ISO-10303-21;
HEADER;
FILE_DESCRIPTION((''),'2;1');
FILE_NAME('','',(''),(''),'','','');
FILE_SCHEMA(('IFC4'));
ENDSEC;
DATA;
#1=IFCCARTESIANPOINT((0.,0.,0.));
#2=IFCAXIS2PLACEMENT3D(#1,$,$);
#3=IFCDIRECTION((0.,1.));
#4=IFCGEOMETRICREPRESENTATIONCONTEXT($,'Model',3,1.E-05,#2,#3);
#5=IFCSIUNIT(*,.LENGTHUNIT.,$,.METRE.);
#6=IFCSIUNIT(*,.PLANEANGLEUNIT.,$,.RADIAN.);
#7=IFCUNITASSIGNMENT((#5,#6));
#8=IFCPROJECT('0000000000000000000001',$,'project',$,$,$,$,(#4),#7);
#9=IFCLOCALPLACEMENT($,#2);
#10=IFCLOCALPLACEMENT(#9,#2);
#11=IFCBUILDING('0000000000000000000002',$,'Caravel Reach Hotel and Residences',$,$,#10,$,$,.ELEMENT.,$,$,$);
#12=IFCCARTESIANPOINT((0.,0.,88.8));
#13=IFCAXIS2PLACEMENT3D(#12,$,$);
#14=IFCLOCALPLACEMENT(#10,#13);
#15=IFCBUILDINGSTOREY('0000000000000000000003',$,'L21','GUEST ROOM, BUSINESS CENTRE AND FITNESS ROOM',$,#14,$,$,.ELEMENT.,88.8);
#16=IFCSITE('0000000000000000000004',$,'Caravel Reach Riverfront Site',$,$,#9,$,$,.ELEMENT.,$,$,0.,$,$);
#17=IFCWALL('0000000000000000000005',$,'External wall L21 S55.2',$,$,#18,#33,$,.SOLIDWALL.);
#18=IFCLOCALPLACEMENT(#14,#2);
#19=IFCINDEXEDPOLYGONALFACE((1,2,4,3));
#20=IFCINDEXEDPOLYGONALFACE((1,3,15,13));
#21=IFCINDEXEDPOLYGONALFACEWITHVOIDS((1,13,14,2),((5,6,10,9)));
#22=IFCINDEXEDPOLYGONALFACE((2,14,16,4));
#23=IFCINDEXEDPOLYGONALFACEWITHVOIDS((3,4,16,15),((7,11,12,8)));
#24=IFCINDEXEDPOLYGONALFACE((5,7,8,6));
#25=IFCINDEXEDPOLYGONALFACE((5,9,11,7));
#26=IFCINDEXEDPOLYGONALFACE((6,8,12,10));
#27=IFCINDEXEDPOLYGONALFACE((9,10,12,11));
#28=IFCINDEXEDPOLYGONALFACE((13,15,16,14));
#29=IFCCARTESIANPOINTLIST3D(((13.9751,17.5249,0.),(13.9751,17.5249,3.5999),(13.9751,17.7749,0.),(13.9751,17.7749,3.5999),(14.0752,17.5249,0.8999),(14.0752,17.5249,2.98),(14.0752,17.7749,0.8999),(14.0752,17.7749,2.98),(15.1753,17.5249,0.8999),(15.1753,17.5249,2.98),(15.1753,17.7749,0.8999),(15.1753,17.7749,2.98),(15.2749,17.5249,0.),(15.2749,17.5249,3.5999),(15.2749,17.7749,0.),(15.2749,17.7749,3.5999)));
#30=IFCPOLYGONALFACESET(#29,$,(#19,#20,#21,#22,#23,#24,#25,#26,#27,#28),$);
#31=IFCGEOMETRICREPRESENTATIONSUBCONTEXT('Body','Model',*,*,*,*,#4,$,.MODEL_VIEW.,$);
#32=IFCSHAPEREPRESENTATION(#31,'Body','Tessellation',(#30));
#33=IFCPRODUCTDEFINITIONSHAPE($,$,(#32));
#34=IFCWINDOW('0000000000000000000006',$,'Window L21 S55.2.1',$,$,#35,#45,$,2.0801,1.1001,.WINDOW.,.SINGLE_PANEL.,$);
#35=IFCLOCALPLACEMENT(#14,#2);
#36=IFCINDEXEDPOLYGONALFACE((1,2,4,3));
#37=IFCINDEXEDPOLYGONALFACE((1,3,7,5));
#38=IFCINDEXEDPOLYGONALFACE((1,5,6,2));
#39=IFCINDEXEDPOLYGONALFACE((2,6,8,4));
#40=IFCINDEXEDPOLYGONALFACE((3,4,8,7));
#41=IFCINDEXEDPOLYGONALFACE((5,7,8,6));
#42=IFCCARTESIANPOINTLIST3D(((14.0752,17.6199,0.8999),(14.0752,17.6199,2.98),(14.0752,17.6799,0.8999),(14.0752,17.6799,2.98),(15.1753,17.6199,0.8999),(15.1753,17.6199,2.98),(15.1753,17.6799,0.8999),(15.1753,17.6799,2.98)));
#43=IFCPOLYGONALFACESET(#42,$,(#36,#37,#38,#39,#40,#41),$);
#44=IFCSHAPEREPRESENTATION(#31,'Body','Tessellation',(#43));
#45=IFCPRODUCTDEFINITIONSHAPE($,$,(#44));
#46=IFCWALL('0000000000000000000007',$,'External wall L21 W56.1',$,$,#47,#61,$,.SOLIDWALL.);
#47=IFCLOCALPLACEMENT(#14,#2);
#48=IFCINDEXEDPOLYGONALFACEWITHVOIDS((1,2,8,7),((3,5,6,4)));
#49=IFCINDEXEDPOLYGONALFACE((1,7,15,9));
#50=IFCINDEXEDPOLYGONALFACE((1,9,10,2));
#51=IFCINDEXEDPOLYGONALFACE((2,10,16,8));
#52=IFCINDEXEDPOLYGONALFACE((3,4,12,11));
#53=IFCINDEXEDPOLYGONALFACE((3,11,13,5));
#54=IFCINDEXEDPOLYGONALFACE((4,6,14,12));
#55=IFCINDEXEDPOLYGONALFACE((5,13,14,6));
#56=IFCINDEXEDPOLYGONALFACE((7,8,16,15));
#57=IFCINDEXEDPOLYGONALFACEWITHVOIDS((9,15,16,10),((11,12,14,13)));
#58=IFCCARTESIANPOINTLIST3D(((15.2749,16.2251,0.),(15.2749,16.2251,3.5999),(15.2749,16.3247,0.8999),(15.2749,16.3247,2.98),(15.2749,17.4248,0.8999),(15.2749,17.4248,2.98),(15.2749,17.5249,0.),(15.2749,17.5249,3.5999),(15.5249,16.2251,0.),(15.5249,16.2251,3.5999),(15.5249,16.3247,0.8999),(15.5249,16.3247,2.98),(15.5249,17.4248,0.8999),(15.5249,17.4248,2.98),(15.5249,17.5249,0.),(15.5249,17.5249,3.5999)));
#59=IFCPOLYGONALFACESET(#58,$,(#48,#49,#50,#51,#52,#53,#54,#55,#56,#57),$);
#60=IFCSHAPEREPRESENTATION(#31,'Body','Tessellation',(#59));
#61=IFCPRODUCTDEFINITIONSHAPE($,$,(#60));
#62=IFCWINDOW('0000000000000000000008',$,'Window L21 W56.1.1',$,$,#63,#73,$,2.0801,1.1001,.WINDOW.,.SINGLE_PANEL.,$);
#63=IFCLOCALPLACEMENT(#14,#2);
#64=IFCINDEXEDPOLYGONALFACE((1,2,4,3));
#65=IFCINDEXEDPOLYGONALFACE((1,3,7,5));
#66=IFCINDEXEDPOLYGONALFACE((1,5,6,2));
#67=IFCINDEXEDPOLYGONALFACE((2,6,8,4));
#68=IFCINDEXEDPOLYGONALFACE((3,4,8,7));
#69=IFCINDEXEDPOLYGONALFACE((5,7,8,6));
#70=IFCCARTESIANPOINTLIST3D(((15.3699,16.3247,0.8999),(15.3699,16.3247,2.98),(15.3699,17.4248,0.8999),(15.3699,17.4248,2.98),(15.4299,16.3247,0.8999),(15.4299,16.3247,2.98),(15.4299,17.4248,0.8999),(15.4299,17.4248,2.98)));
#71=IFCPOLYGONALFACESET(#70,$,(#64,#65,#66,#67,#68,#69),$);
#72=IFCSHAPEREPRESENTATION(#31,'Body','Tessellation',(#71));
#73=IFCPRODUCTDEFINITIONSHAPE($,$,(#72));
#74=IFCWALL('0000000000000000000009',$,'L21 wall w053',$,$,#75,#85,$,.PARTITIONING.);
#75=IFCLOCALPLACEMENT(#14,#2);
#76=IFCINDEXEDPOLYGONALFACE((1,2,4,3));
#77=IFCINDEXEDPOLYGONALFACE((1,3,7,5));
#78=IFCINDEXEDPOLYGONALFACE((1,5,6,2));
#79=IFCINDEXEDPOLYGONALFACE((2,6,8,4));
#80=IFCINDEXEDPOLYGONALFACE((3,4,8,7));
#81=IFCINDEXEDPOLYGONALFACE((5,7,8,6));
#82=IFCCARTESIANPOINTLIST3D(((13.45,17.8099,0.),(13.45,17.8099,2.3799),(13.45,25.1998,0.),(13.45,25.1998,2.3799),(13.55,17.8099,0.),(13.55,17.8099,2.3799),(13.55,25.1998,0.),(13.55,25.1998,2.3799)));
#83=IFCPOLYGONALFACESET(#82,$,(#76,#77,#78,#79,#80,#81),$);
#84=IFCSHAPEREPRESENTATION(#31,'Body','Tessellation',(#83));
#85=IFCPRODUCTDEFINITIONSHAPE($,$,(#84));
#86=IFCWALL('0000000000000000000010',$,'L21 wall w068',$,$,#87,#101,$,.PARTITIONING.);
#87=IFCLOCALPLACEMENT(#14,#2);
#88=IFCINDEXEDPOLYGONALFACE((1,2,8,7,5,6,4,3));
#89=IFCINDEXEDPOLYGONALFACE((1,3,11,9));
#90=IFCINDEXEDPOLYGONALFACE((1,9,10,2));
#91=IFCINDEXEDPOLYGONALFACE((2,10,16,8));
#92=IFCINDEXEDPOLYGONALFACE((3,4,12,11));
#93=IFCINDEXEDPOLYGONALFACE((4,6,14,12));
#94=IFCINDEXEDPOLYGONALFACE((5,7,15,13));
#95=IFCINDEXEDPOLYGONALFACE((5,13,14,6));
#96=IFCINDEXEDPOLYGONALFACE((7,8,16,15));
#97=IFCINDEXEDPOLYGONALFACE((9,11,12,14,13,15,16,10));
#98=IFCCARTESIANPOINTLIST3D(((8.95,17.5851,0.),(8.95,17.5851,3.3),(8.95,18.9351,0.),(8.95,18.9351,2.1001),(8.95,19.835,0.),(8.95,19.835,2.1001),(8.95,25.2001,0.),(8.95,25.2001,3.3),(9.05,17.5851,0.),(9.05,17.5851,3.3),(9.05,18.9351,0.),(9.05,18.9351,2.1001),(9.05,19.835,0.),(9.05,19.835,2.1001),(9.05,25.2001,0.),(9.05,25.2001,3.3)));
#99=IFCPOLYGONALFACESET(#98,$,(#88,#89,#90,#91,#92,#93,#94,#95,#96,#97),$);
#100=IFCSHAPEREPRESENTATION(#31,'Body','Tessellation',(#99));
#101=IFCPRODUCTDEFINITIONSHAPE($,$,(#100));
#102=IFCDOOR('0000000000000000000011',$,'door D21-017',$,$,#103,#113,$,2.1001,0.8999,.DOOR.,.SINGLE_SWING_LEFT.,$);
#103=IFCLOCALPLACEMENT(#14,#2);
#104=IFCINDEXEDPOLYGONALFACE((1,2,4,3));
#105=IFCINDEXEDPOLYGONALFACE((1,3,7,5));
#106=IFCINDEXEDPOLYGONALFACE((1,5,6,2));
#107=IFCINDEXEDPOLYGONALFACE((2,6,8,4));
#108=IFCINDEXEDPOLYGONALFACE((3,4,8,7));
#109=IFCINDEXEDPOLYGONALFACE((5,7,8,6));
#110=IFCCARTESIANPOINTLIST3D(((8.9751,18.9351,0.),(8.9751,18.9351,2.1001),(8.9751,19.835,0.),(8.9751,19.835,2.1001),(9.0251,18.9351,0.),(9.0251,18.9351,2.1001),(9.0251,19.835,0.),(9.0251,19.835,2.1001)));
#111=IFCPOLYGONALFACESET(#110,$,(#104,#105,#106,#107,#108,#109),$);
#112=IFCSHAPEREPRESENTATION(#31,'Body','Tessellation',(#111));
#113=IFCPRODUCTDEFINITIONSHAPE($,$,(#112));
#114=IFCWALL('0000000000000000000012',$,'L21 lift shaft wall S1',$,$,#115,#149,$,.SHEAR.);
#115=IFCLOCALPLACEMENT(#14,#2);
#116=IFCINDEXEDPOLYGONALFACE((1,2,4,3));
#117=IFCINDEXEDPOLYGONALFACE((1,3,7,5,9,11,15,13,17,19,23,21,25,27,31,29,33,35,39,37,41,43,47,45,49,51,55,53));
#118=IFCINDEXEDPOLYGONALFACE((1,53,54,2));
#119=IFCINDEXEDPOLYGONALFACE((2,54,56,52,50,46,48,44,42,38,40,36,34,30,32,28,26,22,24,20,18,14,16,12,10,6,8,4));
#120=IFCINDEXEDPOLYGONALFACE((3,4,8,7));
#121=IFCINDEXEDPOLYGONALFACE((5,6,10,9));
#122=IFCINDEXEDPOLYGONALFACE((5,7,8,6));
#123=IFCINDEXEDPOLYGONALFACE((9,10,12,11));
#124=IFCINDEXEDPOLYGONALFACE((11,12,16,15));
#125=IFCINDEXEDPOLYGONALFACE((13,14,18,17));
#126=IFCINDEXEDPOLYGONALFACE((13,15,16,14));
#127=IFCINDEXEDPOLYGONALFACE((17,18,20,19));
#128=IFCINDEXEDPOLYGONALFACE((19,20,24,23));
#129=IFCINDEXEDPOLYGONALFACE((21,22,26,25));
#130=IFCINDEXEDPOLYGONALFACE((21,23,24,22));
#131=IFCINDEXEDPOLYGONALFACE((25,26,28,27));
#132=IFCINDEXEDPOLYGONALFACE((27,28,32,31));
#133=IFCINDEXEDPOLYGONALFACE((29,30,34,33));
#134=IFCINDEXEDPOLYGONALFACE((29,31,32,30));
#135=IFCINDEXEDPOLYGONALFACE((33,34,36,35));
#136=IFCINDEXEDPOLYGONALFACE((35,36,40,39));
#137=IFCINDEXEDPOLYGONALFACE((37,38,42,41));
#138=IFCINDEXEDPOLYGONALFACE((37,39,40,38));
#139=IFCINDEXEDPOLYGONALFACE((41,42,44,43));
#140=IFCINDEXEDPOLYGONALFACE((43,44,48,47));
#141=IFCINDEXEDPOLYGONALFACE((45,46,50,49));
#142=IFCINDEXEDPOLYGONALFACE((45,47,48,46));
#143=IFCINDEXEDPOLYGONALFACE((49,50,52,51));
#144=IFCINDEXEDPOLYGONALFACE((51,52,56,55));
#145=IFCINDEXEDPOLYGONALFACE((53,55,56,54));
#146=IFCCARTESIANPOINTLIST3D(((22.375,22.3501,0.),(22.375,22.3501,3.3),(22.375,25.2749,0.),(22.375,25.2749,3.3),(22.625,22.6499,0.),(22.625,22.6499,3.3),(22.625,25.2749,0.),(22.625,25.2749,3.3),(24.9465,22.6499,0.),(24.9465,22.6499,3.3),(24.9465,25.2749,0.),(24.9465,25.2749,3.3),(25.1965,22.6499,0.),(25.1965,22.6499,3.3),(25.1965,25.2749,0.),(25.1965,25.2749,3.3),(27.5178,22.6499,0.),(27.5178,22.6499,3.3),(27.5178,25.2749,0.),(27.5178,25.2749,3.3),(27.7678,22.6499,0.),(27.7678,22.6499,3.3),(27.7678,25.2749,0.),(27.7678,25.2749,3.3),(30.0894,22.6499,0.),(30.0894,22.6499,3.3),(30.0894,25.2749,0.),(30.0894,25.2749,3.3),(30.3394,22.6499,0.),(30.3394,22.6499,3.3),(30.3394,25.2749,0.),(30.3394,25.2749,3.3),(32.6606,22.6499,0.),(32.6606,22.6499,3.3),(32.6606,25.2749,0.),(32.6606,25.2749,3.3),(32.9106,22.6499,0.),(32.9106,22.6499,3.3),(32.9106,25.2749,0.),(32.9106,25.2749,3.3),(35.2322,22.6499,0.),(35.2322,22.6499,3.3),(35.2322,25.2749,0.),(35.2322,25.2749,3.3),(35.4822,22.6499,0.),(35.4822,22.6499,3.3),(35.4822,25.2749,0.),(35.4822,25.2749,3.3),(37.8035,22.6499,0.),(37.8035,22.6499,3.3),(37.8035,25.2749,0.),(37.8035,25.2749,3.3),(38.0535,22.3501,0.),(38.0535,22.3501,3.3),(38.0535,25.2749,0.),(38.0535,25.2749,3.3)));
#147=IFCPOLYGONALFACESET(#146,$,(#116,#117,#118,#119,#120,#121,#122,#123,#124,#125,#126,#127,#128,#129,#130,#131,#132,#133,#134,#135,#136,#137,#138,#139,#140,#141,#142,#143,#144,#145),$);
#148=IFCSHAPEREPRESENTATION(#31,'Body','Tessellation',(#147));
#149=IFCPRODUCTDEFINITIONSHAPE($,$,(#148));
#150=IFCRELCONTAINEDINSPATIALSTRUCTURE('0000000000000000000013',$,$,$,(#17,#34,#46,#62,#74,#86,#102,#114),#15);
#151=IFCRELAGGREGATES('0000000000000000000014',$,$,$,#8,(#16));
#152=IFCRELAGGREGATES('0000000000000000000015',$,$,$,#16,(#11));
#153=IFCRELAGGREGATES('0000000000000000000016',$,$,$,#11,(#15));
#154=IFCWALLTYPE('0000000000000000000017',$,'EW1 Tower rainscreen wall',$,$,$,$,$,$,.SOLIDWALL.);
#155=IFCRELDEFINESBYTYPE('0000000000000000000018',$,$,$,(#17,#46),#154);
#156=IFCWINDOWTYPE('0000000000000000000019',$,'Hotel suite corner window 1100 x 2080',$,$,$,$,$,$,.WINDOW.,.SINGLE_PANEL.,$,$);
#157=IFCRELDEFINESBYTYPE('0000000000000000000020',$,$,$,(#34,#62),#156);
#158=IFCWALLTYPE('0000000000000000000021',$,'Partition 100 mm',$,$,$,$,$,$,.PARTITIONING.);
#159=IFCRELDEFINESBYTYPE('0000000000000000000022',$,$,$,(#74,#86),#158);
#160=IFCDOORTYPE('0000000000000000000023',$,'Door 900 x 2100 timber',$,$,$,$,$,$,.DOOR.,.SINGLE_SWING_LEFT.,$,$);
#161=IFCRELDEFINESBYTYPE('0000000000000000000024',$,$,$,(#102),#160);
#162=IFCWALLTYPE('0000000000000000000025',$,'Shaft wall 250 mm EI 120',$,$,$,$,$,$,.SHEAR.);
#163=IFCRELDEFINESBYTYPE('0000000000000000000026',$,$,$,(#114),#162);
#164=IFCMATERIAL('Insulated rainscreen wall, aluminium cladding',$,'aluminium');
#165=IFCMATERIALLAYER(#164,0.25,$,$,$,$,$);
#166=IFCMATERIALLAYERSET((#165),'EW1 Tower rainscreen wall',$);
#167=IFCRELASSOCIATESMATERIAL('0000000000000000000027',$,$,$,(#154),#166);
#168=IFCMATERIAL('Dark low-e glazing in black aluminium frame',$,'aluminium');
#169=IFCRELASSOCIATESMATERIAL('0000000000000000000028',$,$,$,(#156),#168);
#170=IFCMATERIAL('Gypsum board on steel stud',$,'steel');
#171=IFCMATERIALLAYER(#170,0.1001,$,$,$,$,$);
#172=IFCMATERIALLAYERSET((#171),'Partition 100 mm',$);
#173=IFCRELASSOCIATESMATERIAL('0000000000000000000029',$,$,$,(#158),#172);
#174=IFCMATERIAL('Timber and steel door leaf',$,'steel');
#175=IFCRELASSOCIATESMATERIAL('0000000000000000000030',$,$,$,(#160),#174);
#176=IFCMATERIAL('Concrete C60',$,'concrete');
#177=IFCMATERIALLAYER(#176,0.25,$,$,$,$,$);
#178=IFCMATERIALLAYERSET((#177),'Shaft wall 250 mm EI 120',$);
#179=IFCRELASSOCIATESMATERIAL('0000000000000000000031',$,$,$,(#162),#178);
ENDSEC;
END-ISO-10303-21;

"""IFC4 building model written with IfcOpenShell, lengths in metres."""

from ifc_helpers import new_model, si_unit, direction, frame, frame_2d, origin, place, context, subcontext, project, spatial, polyline, rectangle, outline, extrude, material, layer, layer_set, type_object, element, fill, save


model = new_model("IFC4")

# Units and contexts
model_context = context("Model", 3, precision=1e-05, world=origin(), true_north=direction((0.0, 1.0)))
body_context = subcontext(model_context, "Body", "Model", "MODEL_VIEW")
ifc_project = project(units=[si_unit("LENGTHUNIT", "METRE"), si_unit("PLANEANGLEUNIT", "RADIAN")], contexts=[model_context])

# Site, building, storey
site_placement = place(None, origin())
site = spatial("IfcSite", under=ifc_project, at=site_placement, Name="Caravel Reach Riverfront Site", CompositionType="ELEMENT", RefElevation=0.0)
building_placement = place(site_placement, origin())
building = spatial("IfcBuilding", under=site, at=building_placement, Name="Caravel Reach Hotel and Residences", CompositionType="ELEMENT")
storey_placement = place(building_placement, frame((0.0, 0.0, 88.8)))
storey = spatial("IfcBuildingStorey", under=building, at=storey_placement, Name="L21", Description="GUEST ROOM, BUSINESS CENTRE AND FITNESS ROOM", CompositionType="ELEMENT", Elevation=88.8)

# Shared definitions
ifc_material_1 = material(Name="Insulated rainscreen wall, aluminium cladding", Category="aluminium")
ifc_layer_1 = layer(ifc_material_1, 0.25)
ifc_layer_set_1 = layer_set([ifc_layer_1], Name="EW1 Tower rainscreen wall")
wall_type_1 = type_object("IfcWallType", Name="EW1 Tower rainscreen wall", PredefinedType="SOLIDWALL", material=ifc_layer_set_1)

# Walls, openings, windows
wall_1_placement = place(storey_placement, frame((13.9751, 17.6499, 0.0), z_axis=(0.0, 0.0, 1.0), x_axis=(1.0, 0.0, 0.0)))
wall_1 = element("IfcWall", 1, at=wall_1_placement, inside=storey, type_object=wall_type_1, Name="External wall L21 S55.2", PredefinedType="SOLIDWALL", context=body_context, shape_type="SweptSolid", body=[
    extrude(rectangle(XDim=1.2998, YDim=0.25, at=frame_2d((0.6499, 0.0))), origin(), (0.0, 0.0, 1.0), 3.5999),
])
opening_1_placement = place(wall_1_placement, frame((0.1001, 0.0, 0.8999)))
opening_1 = element("IfcOpeningElement", 2, at=opening_1_placement, cuts=wall_1, PredefinedType="OPENING", context=body_context, shape_type="SweptSolid", body=[
    extrude(rectangle(XDim=1.1001, YDim=2.0801, at=frame_2d((0.55, 1.04))), frame((0.0, 0.135, 0.0), z_axis=(0.0, -1.0, 0.0), x_axis=(1.0, 0.0, 0.0)), (0.0, 0.0, 1.0), 0.27),
])
ifc_material_2 = material(Name="Dark low-e glazing in black aluminium frame", Category="aluminium")
window_type_1 = type_object("IfcWindowType", Name="Hotel suite corner window 1100 x 2080", PartitioningType="SINGLE_PANEL", PredefinedType="WINDOW", material=ifc_material_2)
window_1_placement = place(opening_1_placement, origin())
window_1 = element("IfcWindow", 3, at=window_1_placement, inside=storey, type_object=window_type_1, Name="Window L21 S55.2.1", OverallHeight=2.0801, OverallWidth=1.1001, PartitioningType="SINGLE_PANEL", PredefinedType="WINDOW", context=body_context, shape_type="SweptSolid", body=[
    extrude(rectangle(XDim=1.1001, YDim=2.0801, at=frame_2d((0.55, 1.04))), frame((0.0, 0.03, 0.0), z_axis=(0.0, -1.0, 0.0), x_axis=(1.0, 0.0, 0.0)), (0.0, 0.0, 1.0), 0.0601),
])
fill(opening_1, window_1)
wall_2_placement = place(storey_placement, frame((15.3999, 17.5249, 0.0), z_axis=(0.0, 0.0, 1.0), x_axis=(0.0, -1.0, 0.0)))
wall_2 = element("IfcWall", 4, at=wall_2_placement, inside=storey, type_object=wall_type_1, Name="External wall L21 W56.1", PredefinedType="SOLIDWALL", context=body_context, shape_type="SweptSolid", body=[
    extrude(rectangle(XDim=1.2998, YDim=0.25, at=frame_2d((0.6499, 0.0))), origin(), (0.0, 0.0, 1.0), 3.5999),
])
opening_2_placement = place(wall_2_placement, frame((0.1001, 0.0, 0.8999)))
opening_2 = element("IfcOpeningElement", 5, at=opening_2_placement, cuts=wall_2, PredefinedType="OPENING", context=body_context, shape_type="SweptSolid", body=[
    extrude(rectangle(XDim=1.1001, YDim=2.0801, at=frame_2d((0.55, 1.04))), frame((0.0, 0.135, 0.0), z_axis=(0.0, -1.0, 0.0), x_axis=(1.0, 0.0, 0.0)), (0.0, 0.0, 1.0), 0.27),
])
window_2_placement = place(opening_2_placement, origin())
window_2 = element("IfcWindow", 6, at=window_2_placement, inside=storey, type_object=window_type_1, Name="Window L21 W56.1.1", OverallHeight=2.0801, OverallWidth=1.1001, PartitioningType="SINGLE_PANEL", PredefinedType="WINDOW", context=body_context, shape_type="SweptSolid", body=[
    extrude(rectangle(XDim=1.1001, YDim=2.0801, at=frame_2d((0.55, 1.04))), frame((0.0, 0.03, 0.0), z_axis=(0.0, -1.0, 0.0), x_axis=(1.0, 0.0, 0.0)), (0.0, 0.0, 1.0), 0.0601),
])
fill(opening_2, window_2)

# Wall
ifc_material_3 = material(Name="Gypsum board on steel stud", Category="steel")
ifc_layer_2 = layer(ifc_material_3, 0.1001)
ifc_layer_set_2 = layer_set([ifc_layer_2], Name="Partition 100 mm")
wall_type_2 = type_object("IfcWallType", Name="Partition 100 mm", PredefinedType="PARTITIONING", material=ifc_layer_set_2)
wall_3_placement = place(storey_placement, frame((13.5, 17.8101, 0.0), z_axis=(0.0, 0.0, 1.0), x_axis=(0.0, 1.0, 0.0)))
element("IfcWall", 7, at=wall_3_placement, inside=storey, type_object=wall_type_2, Name="L21 wall w053", PredefinedType="PARTITIONING", context=body_context, shape_type="SweptSolid", body=[
    extrude(rectangle(XDim=7.3899, YDim=0.1001, at=frame_2d((3.6948, 0.0))), origin(), (0.0, 0.0, 1.0), 2.3799),
])

# Wall, opening, door
wall_4_placement = place(storey_placement, frame((9.0, 17.585, 0.0), z_axis=(0.0, 0.0, 1.0), x_axis=(0.0, 1.0, 0.0)))
wall_4 = element("IfcWall", 8, at=wall_4_placement, inside=storey, type_object=wall_type_2, Name="L21 wall w068", PredefinedType="PARTITIONING", context=body_context, shape_type="SweptSolid", body=[
    extrude(rectangle(XDim=7.615, YDim=0.1001, at=frame_2d((3.8076, 0.0))), origin(), (0.0, 0.0, 1.0), 3.3),
])
opening_3_placement = place(wall_4_placement, frame((1.3501, 0.0, 0.0)))
opening_3 = element("IfcOpeningElement", 9, at=opening_3_placement, cuts=wall_4, PredefinedType="OPENING", context=body_context, shape_type="SweptSolid", body=[
    extrude(rectangle(XDim=0.8999, YDim=2.1001, at=frame_2d((0.45, 1.05))), frame((0.0, 0.0601, 0.0), z_axis=(0.0, -1.0, 0.0), x_axis=(1.0, 0.0, 0.0)), (0.0, 0.0, 1.0), 0.1201),
])
ifc_material_4 = material(Name="Timber and steel door leaf", Category="steel")
door_type = type_object("IfcDoorType", Name="Door 900 x 2100 timber", OperationType="SINGLE_SWING_LEFT", PredefinedType="DOOR", material=ifc_material_4)
door_placement = place(opening_3_placement, origin())
door = element("IfcDoor", 10, at=door_placement, inside=storey, type_object=door_type, Name="door D21-017", OperationType="SINGLE_SWING_LEFT", OverallHeight=2.1001, OverallWidth=0.8999, PredefinedType="DOOR", context=body_context, shape_type="SweptSolid", body=[
    extrude(rectangle(XDim=0.8999, YDim=2.1001, at=frame_2d((0.45, 1.05))), frame((0.0, 0.0249, 0.0), z_axis=(0.0, -1.0, 0.0), x_axis=(1.0, 0.0, 0.0)), (0.0, 0.0, 1.0), 0.05),
])
fill(opening_3, door)

# Wall
ifc_material_5 = material(Name="Concrete C60", Category="concrete")
ifc_layer_3 = layer(ifc_material_5, 0.25)
ifc_layer_set_3 = layer_set([ifc_layer_3], Name="Shaft wall 250 mm EI 120")
wall_type_3 = type_object("IfcWallType", Name="Shaft wall 250 mm EI 120", PredefinedType="SHEAR", material=ifc_layer_set_3)
wall_5_placement = place(storey_placement, origin())
element("IfcWall", 11, at=wall_5_placement, inside=storey, type_object=wall_type_3, Name="L21 lift shaft wall S1", PredefinedType="SHEAR", context=body_context, shape_type="SweptSolid", body=[
    extrude(outline(polyline([(22.375, 22.3501), (38.0535, 22.3501), (38.0535, 25.2749), (37.8035, 25.2749), (37.8035, 22.6499), (35.4822, 22.6499), (35.4822, 25.2749), (35.2322, 25.2749), (35.2322, 22.6499), (32.9106, 22.6499), (32.9106, 25.2749), (32.6606, 25.2749), (32.6606, 22.6499), (30.3394, 22.6499), (30.3394, 25.2749), (30.0894, 25.2749), (30.0894, 22.6499), (27.7678, 22.6499), (27.7678, 25.2749), (27.5178, 25.2749), (27.5178, 22.6499), (25.1965, 22.6499), (25.1965, 25.2749), (24.9465, 25.2749), (24.9465, 22.6499), (22.625, 22.6499), (22.625, 25.2749), (22.375, 25.2749), (22.375, 22.3501)])), origin(), (0.0, 0.0, 1.0), 3.3),
])

save(model, "model.ifc")
